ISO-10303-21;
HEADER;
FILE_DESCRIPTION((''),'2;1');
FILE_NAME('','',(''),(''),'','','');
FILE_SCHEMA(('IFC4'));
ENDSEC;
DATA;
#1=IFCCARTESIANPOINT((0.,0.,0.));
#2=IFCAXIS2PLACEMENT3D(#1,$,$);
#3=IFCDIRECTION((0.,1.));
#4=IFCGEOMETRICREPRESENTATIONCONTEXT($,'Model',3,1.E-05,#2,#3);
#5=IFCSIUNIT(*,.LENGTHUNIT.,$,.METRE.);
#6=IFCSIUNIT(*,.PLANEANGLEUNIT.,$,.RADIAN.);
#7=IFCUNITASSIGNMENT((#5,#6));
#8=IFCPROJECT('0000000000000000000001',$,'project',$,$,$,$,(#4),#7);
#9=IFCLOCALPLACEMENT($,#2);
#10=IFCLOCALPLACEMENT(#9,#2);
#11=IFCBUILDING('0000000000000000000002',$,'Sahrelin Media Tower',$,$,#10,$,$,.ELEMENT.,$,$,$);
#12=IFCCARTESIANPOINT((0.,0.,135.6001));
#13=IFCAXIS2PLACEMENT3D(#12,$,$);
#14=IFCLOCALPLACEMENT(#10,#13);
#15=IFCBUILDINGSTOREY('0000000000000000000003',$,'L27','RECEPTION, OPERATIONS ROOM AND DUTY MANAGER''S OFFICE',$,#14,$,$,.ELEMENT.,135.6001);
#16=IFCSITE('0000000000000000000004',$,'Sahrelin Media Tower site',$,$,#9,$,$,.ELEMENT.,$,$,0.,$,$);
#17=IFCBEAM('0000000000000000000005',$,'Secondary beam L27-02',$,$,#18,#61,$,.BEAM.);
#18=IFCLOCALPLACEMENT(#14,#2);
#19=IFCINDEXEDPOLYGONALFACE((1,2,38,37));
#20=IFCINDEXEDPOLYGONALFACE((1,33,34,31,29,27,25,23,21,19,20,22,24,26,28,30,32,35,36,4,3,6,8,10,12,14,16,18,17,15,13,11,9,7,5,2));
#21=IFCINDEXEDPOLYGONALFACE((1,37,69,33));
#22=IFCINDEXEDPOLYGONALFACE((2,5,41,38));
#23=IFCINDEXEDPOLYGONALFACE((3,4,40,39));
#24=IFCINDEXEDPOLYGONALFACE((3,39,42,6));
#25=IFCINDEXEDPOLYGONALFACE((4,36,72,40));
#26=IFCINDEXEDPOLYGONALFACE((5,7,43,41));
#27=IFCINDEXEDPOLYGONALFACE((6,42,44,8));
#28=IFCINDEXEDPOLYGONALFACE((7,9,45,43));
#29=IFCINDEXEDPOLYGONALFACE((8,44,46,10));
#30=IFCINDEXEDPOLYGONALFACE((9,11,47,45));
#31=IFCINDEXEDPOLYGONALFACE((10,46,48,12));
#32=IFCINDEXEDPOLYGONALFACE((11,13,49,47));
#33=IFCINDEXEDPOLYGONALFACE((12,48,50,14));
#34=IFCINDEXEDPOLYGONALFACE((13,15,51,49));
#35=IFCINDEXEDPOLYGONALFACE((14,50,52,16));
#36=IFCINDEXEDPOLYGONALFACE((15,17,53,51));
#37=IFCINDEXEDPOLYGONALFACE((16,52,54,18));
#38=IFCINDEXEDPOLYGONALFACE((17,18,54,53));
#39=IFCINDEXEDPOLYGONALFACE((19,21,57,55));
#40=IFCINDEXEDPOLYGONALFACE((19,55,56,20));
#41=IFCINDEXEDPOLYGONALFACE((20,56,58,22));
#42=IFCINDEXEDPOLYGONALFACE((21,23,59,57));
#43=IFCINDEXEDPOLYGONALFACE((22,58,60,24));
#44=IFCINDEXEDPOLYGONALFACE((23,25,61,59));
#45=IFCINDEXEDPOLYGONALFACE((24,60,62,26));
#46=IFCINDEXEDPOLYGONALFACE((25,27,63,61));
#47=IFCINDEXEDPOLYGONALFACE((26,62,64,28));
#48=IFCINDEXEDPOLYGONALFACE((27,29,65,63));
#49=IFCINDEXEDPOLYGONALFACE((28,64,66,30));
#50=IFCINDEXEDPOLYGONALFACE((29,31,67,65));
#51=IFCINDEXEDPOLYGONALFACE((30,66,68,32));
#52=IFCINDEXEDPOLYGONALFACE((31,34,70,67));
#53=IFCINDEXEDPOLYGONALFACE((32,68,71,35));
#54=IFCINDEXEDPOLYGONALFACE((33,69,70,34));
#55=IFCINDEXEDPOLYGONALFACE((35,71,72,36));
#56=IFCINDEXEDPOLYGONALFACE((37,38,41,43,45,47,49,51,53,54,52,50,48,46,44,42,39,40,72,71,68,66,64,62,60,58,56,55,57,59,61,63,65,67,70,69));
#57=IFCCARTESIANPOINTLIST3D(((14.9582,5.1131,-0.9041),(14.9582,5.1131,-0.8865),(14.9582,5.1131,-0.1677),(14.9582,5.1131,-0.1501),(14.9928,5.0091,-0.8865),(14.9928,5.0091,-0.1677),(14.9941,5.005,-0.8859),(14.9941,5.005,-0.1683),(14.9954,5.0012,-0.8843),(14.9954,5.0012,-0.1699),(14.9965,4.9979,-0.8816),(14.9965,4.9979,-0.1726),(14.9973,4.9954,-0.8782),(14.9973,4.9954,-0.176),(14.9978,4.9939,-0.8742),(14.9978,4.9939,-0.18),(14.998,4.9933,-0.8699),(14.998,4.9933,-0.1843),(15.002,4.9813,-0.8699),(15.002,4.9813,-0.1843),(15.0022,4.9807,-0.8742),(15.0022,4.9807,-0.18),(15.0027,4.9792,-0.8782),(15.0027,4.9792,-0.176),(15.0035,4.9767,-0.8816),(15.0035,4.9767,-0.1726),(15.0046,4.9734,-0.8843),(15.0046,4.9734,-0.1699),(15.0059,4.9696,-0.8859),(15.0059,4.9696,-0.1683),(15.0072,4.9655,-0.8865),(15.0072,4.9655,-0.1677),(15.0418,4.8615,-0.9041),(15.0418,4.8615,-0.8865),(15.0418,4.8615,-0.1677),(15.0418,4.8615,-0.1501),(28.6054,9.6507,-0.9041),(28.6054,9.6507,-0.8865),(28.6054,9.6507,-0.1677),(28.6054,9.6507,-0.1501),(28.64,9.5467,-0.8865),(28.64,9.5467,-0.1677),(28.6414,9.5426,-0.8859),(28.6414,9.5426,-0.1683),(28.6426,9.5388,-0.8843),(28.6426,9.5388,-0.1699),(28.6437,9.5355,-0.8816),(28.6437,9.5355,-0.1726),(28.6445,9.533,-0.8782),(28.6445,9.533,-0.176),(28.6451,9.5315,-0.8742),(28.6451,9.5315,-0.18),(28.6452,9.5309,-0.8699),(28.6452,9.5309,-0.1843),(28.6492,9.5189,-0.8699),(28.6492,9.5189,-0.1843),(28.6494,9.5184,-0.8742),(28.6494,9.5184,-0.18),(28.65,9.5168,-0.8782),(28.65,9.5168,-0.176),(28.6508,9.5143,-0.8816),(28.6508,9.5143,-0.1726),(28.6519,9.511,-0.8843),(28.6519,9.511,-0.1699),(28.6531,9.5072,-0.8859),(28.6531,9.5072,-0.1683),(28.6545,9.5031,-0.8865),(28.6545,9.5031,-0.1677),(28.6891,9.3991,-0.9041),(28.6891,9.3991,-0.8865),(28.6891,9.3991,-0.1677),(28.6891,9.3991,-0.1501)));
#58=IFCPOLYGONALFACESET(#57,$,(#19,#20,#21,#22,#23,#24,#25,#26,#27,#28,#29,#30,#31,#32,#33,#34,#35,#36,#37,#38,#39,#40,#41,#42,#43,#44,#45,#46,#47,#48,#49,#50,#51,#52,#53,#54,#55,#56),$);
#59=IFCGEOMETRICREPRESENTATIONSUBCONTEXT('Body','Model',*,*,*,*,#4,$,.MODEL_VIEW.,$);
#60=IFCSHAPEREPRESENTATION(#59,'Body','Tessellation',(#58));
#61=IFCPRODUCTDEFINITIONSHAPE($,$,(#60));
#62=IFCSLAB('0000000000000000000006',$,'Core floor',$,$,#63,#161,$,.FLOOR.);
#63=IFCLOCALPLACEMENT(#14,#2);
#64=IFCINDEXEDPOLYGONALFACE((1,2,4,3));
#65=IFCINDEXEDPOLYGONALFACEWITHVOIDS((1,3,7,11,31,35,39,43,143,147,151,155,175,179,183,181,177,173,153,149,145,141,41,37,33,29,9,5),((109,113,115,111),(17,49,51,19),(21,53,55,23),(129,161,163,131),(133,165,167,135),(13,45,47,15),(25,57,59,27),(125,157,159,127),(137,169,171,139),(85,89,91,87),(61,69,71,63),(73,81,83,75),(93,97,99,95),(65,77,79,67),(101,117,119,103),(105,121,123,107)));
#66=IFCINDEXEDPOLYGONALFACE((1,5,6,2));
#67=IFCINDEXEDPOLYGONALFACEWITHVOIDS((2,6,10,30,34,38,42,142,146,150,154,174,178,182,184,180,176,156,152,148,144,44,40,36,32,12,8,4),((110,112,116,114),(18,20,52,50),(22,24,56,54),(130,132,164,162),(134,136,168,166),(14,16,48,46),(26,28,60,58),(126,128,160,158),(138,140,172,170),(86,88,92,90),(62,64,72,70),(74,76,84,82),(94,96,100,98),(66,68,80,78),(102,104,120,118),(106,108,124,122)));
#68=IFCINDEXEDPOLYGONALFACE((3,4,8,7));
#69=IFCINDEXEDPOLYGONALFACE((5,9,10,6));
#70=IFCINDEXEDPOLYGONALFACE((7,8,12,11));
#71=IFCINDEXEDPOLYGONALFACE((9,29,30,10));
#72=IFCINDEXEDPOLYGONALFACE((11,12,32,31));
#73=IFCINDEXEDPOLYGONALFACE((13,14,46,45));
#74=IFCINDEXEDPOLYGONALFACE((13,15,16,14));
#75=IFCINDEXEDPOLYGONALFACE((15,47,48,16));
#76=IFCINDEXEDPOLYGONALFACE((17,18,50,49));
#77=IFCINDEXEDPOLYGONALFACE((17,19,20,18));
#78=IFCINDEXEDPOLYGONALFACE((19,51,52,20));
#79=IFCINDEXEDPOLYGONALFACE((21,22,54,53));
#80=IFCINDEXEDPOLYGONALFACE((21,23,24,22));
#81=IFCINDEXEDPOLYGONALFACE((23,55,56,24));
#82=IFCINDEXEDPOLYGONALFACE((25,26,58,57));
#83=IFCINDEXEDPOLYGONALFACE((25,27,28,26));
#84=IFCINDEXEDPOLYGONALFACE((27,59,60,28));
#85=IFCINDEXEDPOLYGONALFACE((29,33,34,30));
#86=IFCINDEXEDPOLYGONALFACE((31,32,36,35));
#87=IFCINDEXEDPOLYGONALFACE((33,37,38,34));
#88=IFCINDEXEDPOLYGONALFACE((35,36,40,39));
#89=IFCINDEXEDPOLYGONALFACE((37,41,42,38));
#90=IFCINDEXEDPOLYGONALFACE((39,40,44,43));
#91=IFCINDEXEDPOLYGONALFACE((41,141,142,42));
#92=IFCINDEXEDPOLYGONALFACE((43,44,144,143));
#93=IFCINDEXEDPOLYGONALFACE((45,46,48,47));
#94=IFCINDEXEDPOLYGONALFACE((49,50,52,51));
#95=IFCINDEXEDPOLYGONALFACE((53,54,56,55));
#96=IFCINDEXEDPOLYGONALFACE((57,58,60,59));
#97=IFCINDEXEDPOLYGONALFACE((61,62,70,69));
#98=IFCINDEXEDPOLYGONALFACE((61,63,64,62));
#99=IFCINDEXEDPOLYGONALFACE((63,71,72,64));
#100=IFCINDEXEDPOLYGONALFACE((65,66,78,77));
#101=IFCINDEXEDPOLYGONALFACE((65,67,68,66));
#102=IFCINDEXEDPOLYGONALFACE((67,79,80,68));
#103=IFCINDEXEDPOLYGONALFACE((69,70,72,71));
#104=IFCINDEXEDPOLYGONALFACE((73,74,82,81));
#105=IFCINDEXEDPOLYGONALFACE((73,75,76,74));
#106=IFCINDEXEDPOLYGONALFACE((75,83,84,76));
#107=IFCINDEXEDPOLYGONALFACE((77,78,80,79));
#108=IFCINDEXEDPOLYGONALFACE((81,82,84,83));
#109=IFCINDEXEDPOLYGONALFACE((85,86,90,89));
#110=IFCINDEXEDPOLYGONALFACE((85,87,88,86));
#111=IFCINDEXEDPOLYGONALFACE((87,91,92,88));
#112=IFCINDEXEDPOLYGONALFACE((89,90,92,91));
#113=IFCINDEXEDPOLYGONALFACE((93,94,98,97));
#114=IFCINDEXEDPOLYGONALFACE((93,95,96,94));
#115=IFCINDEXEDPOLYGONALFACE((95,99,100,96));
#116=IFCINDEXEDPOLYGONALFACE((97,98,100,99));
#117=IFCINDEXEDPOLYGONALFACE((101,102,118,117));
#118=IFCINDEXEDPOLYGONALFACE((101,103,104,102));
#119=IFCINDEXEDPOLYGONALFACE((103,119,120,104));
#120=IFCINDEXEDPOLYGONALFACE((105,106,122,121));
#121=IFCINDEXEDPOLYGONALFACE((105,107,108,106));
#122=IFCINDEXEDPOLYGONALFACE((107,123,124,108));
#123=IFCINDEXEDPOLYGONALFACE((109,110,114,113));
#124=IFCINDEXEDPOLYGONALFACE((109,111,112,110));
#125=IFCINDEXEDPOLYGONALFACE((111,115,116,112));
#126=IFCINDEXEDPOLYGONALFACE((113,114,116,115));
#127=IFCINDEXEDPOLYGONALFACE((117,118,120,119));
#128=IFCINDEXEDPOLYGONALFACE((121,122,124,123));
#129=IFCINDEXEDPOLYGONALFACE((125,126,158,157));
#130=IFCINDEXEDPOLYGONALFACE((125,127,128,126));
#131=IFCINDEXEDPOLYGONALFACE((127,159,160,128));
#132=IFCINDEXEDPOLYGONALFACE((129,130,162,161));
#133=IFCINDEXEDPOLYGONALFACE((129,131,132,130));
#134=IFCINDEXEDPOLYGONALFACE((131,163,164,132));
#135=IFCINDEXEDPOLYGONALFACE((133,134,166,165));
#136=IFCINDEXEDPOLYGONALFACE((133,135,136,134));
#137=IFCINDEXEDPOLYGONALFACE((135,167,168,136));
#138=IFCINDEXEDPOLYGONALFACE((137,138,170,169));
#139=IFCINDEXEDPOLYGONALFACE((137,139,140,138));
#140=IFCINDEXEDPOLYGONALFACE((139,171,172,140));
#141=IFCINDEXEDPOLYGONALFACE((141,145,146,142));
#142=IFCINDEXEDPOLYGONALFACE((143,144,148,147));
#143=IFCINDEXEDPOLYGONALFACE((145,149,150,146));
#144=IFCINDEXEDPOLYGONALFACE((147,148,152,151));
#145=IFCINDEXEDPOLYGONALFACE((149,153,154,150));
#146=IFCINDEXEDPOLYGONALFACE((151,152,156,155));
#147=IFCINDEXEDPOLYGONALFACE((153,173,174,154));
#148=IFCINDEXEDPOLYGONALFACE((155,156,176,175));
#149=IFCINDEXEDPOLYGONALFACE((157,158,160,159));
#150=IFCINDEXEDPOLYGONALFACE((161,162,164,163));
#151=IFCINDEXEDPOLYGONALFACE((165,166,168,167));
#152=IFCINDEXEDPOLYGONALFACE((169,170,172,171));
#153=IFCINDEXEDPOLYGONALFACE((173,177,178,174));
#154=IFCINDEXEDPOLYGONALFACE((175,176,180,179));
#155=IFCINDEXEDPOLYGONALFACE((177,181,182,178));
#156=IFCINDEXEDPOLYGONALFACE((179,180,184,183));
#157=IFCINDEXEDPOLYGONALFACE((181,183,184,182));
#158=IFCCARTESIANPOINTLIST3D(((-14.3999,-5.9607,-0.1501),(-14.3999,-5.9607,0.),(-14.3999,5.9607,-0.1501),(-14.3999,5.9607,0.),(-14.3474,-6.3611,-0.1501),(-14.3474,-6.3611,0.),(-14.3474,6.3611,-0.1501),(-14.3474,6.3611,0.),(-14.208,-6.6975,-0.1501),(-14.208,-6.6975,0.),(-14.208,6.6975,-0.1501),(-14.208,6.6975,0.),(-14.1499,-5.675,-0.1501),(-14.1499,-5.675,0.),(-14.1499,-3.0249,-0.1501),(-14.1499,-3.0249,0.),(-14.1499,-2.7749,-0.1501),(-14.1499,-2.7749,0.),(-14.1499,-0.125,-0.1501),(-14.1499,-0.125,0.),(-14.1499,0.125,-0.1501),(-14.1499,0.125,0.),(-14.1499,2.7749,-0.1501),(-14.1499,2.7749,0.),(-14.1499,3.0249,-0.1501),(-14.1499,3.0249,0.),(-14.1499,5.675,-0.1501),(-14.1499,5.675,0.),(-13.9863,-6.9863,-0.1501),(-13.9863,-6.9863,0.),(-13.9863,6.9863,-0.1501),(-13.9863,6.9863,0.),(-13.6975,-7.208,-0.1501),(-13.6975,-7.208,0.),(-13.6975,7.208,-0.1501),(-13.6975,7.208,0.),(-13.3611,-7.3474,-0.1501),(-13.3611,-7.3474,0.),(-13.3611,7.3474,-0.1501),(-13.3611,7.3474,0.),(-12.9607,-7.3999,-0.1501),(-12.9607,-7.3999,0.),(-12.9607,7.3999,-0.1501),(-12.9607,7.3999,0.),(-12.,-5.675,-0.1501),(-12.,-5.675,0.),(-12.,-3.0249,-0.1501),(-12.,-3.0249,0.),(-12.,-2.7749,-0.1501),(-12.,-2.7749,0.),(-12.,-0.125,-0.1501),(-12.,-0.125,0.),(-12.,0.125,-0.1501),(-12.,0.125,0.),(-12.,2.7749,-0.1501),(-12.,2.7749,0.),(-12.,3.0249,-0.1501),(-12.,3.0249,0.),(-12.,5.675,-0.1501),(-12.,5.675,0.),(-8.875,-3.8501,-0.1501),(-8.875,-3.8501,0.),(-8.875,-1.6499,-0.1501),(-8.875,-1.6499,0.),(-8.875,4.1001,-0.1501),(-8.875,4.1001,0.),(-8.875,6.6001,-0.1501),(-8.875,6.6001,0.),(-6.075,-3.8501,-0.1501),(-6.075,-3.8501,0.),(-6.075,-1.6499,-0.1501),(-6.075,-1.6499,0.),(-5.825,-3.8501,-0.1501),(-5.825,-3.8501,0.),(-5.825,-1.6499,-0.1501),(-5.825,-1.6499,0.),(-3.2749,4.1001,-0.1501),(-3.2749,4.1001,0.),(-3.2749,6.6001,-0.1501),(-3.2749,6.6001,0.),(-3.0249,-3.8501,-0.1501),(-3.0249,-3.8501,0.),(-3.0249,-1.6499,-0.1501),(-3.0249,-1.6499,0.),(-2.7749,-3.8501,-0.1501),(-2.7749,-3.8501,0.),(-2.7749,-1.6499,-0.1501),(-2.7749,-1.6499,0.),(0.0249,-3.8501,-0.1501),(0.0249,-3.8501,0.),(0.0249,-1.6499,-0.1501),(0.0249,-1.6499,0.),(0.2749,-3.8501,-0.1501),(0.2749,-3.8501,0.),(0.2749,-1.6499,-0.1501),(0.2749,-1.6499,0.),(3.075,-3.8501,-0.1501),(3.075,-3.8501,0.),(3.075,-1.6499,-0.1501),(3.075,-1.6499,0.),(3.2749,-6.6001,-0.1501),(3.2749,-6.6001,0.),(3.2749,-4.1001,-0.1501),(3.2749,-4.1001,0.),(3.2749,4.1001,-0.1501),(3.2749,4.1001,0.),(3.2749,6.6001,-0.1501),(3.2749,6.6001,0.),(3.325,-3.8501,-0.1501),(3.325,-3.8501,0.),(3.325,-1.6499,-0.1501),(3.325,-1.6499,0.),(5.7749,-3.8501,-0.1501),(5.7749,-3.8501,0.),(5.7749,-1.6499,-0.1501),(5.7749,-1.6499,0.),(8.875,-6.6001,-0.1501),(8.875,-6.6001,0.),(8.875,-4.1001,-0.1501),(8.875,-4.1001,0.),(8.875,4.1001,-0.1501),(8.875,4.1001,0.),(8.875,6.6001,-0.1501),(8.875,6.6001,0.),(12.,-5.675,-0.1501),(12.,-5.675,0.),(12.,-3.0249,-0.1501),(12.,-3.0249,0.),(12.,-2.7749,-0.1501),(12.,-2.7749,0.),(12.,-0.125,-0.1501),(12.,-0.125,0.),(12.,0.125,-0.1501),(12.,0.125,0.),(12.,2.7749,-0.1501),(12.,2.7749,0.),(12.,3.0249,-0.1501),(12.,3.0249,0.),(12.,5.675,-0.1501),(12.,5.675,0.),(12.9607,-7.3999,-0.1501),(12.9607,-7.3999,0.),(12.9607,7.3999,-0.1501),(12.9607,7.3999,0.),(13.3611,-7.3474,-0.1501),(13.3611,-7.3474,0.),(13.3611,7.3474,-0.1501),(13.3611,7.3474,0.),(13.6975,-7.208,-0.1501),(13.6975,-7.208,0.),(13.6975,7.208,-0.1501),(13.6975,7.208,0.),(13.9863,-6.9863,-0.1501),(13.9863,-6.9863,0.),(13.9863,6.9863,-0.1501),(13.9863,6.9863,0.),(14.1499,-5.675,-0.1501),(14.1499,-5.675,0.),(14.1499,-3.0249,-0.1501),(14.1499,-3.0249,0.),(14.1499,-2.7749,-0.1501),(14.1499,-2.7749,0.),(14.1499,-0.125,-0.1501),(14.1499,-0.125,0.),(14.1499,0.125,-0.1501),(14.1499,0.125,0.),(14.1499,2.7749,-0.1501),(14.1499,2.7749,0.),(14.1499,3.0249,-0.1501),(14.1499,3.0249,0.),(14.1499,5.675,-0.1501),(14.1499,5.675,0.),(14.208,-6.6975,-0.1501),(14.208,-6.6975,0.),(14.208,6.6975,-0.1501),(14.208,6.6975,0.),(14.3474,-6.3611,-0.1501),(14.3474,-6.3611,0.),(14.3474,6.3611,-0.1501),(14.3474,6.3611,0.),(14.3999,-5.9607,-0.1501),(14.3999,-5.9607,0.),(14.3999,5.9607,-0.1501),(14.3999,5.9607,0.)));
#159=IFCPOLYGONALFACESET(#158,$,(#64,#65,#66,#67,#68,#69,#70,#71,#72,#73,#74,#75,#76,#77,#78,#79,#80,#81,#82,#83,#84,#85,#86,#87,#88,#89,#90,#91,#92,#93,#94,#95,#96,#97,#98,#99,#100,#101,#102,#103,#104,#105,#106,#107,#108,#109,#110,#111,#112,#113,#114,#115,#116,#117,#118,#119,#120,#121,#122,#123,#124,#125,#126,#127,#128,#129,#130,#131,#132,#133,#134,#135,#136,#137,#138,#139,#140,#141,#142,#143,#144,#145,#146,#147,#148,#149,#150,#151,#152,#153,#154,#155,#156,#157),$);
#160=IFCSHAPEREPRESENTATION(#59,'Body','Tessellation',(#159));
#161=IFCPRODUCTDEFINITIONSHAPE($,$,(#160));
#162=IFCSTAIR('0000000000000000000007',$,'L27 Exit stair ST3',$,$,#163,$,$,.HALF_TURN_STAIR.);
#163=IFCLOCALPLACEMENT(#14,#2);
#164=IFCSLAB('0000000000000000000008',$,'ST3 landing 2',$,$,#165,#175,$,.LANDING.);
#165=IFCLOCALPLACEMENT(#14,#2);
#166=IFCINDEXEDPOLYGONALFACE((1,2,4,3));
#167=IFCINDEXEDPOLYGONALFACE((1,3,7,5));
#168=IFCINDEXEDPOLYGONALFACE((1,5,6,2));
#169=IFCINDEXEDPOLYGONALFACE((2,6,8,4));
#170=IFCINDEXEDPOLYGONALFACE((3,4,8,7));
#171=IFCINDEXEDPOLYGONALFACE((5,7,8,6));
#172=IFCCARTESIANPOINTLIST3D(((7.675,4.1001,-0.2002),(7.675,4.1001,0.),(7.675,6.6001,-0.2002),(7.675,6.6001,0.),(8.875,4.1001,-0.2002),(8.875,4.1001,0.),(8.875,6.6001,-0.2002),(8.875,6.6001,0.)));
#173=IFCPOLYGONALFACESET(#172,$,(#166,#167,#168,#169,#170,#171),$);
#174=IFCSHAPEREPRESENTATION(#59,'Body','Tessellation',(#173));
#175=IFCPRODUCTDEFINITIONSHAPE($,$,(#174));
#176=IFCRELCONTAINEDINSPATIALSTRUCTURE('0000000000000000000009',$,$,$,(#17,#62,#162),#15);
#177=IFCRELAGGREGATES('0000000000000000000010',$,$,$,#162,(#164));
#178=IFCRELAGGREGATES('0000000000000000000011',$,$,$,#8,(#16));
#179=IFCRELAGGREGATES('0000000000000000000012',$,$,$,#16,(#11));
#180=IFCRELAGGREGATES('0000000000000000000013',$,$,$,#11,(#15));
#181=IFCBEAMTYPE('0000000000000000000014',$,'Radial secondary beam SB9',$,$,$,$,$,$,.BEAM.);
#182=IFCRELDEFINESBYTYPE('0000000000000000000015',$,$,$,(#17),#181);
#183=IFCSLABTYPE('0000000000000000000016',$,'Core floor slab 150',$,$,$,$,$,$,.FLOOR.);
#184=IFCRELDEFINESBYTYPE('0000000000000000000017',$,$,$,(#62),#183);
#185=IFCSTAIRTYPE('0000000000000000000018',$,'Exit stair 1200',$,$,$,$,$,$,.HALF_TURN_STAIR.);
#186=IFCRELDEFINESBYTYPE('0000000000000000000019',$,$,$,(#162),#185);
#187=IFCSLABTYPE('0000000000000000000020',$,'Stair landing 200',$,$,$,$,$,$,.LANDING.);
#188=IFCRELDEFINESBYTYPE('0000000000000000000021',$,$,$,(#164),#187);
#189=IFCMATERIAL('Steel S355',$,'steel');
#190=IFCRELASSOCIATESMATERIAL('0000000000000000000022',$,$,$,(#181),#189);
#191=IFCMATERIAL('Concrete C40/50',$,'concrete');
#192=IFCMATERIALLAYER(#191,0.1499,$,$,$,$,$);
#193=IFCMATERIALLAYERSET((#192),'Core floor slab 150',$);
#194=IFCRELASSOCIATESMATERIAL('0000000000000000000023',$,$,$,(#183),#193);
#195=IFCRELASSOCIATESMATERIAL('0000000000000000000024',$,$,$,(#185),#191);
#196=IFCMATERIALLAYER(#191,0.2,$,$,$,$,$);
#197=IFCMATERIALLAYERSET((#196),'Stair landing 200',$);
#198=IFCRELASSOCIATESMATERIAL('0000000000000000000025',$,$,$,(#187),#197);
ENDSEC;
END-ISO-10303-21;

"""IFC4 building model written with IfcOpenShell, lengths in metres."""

from ifc_helpers import new_model, si_unit, direction, frame, origin, origin_2d, place, context, subcontext, project, spatial, polyline, i_section, outline, extrude, material, layer, layer_set, material_profile, profile_set, type_object, element, aggregate, save


model = new_model("IFC4")

# Units and contexts
model_context = context("Model", 3, precision=1e-05, world=origin(), true_north=direction((0.0, 1.0)))
body_context = subcontext(model_context, "Body", "Model", "MODEL_VIEW")
ifc_project = project(units=[si_unit("LENGTHUNIT", "METRE"), si_unit("PLANEANGLEUNIT", "RADIAN")], contexts=[model_context])

# Site, building, storey
site_placement = place(None, origin())
site = spatial("IfcSite", under=ifc_project, at=site_placement, Name="Sahrelin Media Tower site", CompositionType="ELEMENT", RefElevation=0.0)
building_placement = place(site_placement, origin())
building = spatial("IfcBuilding", under=site, at=building_placement, Name="Sahrelin Media Tower", CompositionType="ELEMENT")
storey_placement = place(building_placement, frame((0.0, 0.0, 135.6001)))
storey = spatial("IfcBuildingStorey", under=building, at=storey_placement, Name="L27", Description="RECEPTION, OPERATIONS ROOM AND DUTY MANAGER'S OFFICE", CompositionType="ELEMENT", Elevation=135.6001)

# Beam
ifc_material_1 = material(Name="Steel S355", Category="steel")
ifc_material_profile_1 = material_profile(ifc_material_1, i_section(OverallWidth=0.2651, OverallDepth=0.7539, WebThickness=0.0127, FlangeThickness=0.0176, FilletRadius=0.0166, at=origin_2d()), Name="UB 762x267x147")
ifc_profile_set_1 = profile_set([ifc_material_profile_1], Name="Steel S355")
beam_type_1 = type_object("IfcBeamType", Name="Radial secondary beam SB9", PredefinedType="BEAM", material=ifc_profile_set_1)
beam_1_placement = place(storey_placement, frame((15.0, 4.9873, -0.5271), z_axis=(0.948922, 0.31551, 0.0), x_axis=(-0.31551, 0.948922, 0.0)))
element("IfcBeam", 1, at=beam_1_placement, inside=storey, type_object=beam_type_1, Name="Secondary beam L27-02", PredefinedType="BEAM", context=body_context, shape_type="SweptSolid", body=[
    extrude(i_section(OverallWidth=0.2651, OverallDepth=0.7539, WebThickness=0.0127, FlangeThickness=0.0176, FilletRadius=0.0166, at=origin_2d()), origin(), (0.0, 0.0, 1.0), 14.3818),
])

# Slab
ifc_material_2 = material(Name="Concrete C40/50", Category="concrete")
ifc_layer_1 = layer(ifc_material_2, 0.1499)
ifc_layer_set_1 = layer_set([ifc_layer_1], Name="Core floor slab 150")
slab_type_1 = type_object("IfcSlabType", Name="Core floor slab 150", PredefinedType="FLOOR", material=ifc_layer_set_1)
slab_1_placement = place(storey_placement, frame((0.0, 0.0, -0.1501)))
element("IfcSlab", 2, at=slab_1_placement, inside=storey, type_object=slab_type_1, Name="Core floor", PredefinedType="FLOOR", context=body_context, shape_type="SweptSolid", body=[
    extrude(outline(polyline([(-14.3474, 6.3611), (-14.3999, 5.9607), (-14.3999, -5.9607), (-14.3474, -6.3611), (-14.208, -6.6975), (-13.9863, -6.9863), (-13.6975, -7.208), (-13.3611, -7.3474), (-12.9607, -7.3999), (12.9607, -7.3999), (13.3611, -7.3474), (13.6975, -7.208), (13.9863, -6.9863), (14.208, -6.6975), (14.3474, -6.3611), (14.3999, -5.9607), (14.3999, 5.9607), (14.3474, 6.3611), (14.208, 6.6975), (13.9863, 6.9863), (13.6975, 7.208), (13.3611, 7.3474), (12.9607, 7.3999), (-12.9607, 7.3999), (-13.3611, 7.3474), (-13.6975, 7.208), (-13.9863, 6.9863), (-14.208, 6.6975), (-14.3474, 6.3611)]), holes=[polyline([(-12.0, 3.0249), (-12.0, 5.675), (-14.1499, 5.675), (-14.1499, 3.0249), (-12.0, 3.0249)]), polyline([(-14.1499, 0.125), (-12.0, 0.125), (-12.0, 2.7749), (-14.1499, 2.7749), (-14.1499, 0.125)]), polyline([(-14.1499, -0.125), (-14.1499, -2.7749), (-12.0, -2.7749), (-12.0, -0.125), (-14.1499, -0.125)]), polyline([(-12.0, -3.0249), (-14.1499, -3.0249), (-14.1499, -5.675), (-12.0, -5.675), (-12.0, -3.0249)]), polyline([(14.1499, 3.0249), (14.1499, 5.675), (12.0, 5.675), (12.0, 3.0249), (14.1499, 3.0249)]), polyline([(12.0, 0.125), (14.1499, 0.125), (14.1499, 2.7749), (12.0, 2.7749), (12.0, 0.125)]), polyline([(12.0, -0.125), (12.0, -2.7749), (14.1499, -2.7749), (14.1499, -0.125), (12.0, -0.125)]), polyline([(14.1499, -3.0249), (12.0, -3.0249), (12.0, -5.675), (14.1499, -5.675), (14.1499, -3.0249)]), polyline([(-6.075, -3.8501), (-6.075, -1.6499), (-8.875, -1.6499), (-8.875, -3.8501), (-6.075, -3.8501)]), polyline([(-5.825, -3.8501), (-3.0249, -3.8501), (-3.0249, -1.6499), (-5.825, -1.6499), (-5.825, -3.8501)]), polyline([(-2.7749, -1.6499), (-2.7749, -3.8501), (0.0249, -3.8501), (0.0249, -1.6499), (-2.7749, -1.6499)]), polyline([(3.075, -1.6499), (0.2749, -1.6499), (0.2749, -3.8501), (3.075, -3.8501), (3.075, -1.6499)]), polyline([(5.7749, -3.8501), (5.7749, -1.6499), (3.325, -1.6499), (3.325, -3.8501), (5.7749, -3.8501)]), polyline([(-8.875, 6.6001), (-8.875, 4.1001), (-3.2749, 4.1001), (-3.2749, 6.6001), (-8.875, 6.6001)]), polyline([(3.2749, 4.1001), (8.875, 4.1001), (8.875, 6.6001), (3.2749, 6.6001), (3.2749, 4.1001)]), polyline([(3.2749, -4.1001), (3.2749, -6.6001), (8.875, -6.6001), (8.875, -4.1001), (3.2749, -4.1001)])]), origin(), (0.0, 0.0, 1.0), 0.1501),
])

# Stair, slab
stair_type = type_object("IfcStairType", Name="Exit stair 1200", PredefinedType="HALF_TURN_STAIR", material=ifc_material_2)
placement_1 = place(storey_placement, origin())
stair_1 = element("IfcStair", 3, at=placement_1, inside=storey, type_object=stair_type, Name="L27 Exit stair ST3", PredefinedType="HALF_TURN_STAIR")
ifc_layer_2 = layer(ifc_material_2, 0.2)
ifc_layer_set_2 = layer_set([ifc_layer_2], Name="Stair landing 200")
slab_type_2 = type_object("IfcSlabType", Name="Stair landing 200", PredefinedType="LANDING", material=ifc_layer_set_2)
placement_2 = place(storey_placement, frame((0.0, 0.0, -0.2002)))
slab_2 = element("IfcSlab", 4, at=placement_2, type_object=slab_type_2, Name="ST3 landing 2", PredefinedType="LANDING", context=body_context, shape_type="SweptSolid", body=[
    extrude(outline(polyline([(8.875, 6.6001), (7.675, 6.6001), (7.675, 4.1001), (8.875, 4.1001), (8.875, 6.6001)])), origin(), (0.0, 0.0, 1.0), 0.2002),
])
aggregate(stair_1, [slab_2])

save(model, "model.ifc")
